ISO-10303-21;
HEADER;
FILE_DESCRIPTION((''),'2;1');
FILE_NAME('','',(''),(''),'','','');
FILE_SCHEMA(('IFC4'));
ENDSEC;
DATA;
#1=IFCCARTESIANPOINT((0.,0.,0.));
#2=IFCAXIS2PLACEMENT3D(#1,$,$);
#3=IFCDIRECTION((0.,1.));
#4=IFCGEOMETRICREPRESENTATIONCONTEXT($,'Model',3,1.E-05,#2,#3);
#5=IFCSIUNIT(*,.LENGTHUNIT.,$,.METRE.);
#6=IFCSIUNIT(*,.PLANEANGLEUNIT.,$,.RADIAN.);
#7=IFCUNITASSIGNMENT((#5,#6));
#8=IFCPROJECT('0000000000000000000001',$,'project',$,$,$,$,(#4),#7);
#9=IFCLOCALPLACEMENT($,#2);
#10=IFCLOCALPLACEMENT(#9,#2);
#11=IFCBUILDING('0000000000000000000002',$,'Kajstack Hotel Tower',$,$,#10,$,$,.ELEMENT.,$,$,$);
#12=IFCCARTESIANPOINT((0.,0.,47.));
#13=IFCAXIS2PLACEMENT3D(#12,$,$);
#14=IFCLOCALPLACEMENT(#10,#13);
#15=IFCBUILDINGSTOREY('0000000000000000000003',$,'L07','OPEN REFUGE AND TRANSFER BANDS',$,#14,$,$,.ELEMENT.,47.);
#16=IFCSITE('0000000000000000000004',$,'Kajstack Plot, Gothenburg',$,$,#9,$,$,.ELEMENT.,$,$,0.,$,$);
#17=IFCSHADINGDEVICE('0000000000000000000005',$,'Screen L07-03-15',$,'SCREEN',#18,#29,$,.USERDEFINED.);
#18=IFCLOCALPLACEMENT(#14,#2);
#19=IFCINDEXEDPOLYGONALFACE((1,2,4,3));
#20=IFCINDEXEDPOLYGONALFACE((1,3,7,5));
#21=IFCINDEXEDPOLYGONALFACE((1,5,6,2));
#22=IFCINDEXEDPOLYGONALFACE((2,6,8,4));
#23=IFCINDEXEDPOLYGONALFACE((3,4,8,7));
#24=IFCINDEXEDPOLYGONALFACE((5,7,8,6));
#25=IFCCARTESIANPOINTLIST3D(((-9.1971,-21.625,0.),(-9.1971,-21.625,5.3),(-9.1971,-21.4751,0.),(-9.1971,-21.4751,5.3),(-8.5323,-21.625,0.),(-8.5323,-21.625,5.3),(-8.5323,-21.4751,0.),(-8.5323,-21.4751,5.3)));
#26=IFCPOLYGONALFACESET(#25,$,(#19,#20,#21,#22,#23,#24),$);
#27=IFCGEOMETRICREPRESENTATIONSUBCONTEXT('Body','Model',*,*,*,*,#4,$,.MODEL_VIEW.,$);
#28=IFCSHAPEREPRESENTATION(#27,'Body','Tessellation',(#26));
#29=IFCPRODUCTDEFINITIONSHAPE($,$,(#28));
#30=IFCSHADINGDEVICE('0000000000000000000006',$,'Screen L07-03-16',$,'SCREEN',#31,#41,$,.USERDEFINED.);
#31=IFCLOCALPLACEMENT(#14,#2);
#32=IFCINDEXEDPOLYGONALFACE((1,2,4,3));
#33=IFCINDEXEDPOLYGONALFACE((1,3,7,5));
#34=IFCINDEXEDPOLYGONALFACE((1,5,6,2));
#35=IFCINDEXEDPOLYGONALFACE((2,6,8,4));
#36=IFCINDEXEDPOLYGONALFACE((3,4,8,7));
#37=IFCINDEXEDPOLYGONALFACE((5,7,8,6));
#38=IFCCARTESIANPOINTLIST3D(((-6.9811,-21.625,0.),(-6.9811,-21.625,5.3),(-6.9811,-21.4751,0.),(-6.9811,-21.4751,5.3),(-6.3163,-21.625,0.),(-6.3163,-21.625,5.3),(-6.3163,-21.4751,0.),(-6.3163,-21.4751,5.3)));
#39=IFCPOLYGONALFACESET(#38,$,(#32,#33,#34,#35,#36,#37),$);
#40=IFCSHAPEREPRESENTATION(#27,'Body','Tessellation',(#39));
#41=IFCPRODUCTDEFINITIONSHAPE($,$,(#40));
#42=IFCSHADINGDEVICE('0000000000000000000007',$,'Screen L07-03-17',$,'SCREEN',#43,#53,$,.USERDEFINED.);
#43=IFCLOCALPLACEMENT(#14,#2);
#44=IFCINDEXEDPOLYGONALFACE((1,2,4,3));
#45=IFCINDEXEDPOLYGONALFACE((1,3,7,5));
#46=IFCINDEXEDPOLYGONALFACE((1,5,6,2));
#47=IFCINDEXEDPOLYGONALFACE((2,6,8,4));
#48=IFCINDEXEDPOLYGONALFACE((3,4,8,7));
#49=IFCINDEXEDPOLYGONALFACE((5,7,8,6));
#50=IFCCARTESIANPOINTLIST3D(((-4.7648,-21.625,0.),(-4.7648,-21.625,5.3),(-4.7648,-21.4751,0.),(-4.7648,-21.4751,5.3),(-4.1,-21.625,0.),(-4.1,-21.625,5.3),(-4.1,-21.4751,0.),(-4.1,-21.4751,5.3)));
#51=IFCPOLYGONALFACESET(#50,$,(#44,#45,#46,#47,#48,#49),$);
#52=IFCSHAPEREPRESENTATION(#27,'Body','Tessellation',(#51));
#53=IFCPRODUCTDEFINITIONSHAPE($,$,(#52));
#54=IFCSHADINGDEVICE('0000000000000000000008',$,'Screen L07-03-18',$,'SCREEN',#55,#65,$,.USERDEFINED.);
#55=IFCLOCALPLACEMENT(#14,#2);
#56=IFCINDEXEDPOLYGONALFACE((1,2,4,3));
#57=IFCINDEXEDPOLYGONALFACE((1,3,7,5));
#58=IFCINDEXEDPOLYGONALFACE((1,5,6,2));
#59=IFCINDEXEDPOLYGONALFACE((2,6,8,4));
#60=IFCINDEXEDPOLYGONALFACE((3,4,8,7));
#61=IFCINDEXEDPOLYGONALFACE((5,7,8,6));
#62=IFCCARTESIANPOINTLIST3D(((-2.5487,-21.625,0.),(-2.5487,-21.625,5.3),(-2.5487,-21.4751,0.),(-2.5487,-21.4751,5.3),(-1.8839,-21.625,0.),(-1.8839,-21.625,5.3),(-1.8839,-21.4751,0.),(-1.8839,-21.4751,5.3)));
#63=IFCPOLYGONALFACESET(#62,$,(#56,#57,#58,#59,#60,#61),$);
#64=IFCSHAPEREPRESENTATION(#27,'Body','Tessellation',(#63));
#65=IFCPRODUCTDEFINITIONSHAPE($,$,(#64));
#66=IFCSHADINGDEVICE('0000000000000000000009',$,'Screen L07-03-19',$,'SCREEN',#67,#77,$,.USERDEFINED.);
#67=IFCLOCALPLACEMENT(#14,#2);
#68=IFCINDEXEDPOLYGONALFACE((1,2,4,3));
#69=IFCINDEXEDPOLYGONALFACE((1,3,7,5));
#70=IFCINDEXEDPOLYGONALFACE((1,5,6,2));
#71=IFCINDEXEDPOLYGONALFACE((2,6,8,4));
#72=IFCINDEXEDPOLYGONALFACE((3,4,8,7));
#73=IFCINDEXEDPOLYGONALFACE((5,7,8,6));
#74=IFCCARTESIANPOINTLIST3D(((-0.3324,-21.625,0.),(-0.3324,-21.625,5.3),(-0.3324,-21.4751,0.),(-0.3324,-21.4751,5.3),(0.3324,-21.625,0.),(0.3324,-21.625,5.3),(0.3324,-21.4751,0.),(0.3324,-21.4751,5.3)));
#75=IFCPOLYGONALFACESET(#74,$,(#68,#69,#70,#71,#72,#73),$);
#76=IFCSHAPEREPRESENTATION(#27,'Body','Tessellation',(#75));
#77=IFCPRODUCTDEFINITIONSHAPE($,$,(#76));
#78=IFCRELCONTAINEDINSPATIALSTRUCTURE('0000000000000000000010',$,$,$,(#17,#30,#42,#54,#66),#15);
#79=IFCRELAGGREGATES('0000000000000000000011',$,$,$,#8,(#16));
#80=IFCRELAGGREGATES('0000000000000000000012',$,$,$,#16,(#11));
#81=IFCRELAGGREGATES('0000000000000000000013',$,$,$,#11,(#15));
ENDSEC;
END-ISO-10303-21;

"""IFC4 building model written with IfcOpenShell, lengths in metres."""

from ifc_helpers import new_model, si_unit, direction, frame, origin, origin_2d, place, context, subcontext, project, spatial, rectangle, extrude, element, save


model = new_model("IFC4")

# Units and contexts
model_context = context("Model", 3, precision=1e-05, world=origin(), true_north=direction((0.0, 1.0)))
body_context = subcontext(model_context, "Body", "Model", "MODEL_VIEW")
ifc_project = project(units=[si_unit("LENGTHUNIT", "METRE"), si_unit("PLANEANGLEUNIT", "RADIAN")], contexts=[model_context])

# Site, building, storey
site_placement = place(None, origin())
site = spatial("IfcSite", under=ifc_project, at=site_placement, Name="Kajstack Plot, Gothenburg", CompositionType="ELEMENT", RefElevation=0.0)
building_placement = place(site_placement, origin())
building = spatial("IfcBuilding", under=site, at=building_placement, Name="Kajstack Hotel Tower", CompositionType="ELEMENT")
storey_placement = place(building_placement, frame((0.0, 0.0, 47.0)))
storey = spatial("IfcBuildingStorey", under=building, at=storey_placement, Name="L07", Description="OPEN REFUGE AND TRANSFER BANDS", CompositionType="ELEMENT", Elevation=47.0)

# Shading devices
for number, where, z_axis, x_axis, name in (
    (1, (-8.8647, -21.55, 0.0), (0.0, 0.0, 1.0), (1.0, 0.0, 0.0), "Screen L07-03-15"),
    (2, (-6.6487, -21.55, 0.0), (0.0, 0.0, 1.0), (1.0, 0.0, 0.0), "Screen L07-03-16"),
    (3, (-4.4324, -21.55, 0.0), (0.0, 0.0, 1.0), (1.0, 0.0, 0.0), "Screen L07-03-17"),
    (4, (-2.2163, -21.55, 0.0), (0.0, 0.0, 1.0), (1.0, 0.0, 0.0), "Screen L07-03-18"),
    (5, (0.0, -21.55, 0.0), (0.0, 0.0, 1.0), (1.0, 0.0, 0.0), "Screen L07-03-19"),
):
    element("IfcShadingDevice", number, at=place(storey_placement, frame(where, z_axis=z_axis, x_axis=x_axis)), inside=storey, Name=name, ObjectType="SCREEN", PredefinedType="USERDEFINED", context=body_context, shape_type="SweptSolid", body=[
        extrude(rectangle(XDim=0.6648, YDim=0.1499, at=origin_2d()), origin(), (0.0, 0.0, 1.0), 5.3),
    ])

save(model, "model.ifc")
